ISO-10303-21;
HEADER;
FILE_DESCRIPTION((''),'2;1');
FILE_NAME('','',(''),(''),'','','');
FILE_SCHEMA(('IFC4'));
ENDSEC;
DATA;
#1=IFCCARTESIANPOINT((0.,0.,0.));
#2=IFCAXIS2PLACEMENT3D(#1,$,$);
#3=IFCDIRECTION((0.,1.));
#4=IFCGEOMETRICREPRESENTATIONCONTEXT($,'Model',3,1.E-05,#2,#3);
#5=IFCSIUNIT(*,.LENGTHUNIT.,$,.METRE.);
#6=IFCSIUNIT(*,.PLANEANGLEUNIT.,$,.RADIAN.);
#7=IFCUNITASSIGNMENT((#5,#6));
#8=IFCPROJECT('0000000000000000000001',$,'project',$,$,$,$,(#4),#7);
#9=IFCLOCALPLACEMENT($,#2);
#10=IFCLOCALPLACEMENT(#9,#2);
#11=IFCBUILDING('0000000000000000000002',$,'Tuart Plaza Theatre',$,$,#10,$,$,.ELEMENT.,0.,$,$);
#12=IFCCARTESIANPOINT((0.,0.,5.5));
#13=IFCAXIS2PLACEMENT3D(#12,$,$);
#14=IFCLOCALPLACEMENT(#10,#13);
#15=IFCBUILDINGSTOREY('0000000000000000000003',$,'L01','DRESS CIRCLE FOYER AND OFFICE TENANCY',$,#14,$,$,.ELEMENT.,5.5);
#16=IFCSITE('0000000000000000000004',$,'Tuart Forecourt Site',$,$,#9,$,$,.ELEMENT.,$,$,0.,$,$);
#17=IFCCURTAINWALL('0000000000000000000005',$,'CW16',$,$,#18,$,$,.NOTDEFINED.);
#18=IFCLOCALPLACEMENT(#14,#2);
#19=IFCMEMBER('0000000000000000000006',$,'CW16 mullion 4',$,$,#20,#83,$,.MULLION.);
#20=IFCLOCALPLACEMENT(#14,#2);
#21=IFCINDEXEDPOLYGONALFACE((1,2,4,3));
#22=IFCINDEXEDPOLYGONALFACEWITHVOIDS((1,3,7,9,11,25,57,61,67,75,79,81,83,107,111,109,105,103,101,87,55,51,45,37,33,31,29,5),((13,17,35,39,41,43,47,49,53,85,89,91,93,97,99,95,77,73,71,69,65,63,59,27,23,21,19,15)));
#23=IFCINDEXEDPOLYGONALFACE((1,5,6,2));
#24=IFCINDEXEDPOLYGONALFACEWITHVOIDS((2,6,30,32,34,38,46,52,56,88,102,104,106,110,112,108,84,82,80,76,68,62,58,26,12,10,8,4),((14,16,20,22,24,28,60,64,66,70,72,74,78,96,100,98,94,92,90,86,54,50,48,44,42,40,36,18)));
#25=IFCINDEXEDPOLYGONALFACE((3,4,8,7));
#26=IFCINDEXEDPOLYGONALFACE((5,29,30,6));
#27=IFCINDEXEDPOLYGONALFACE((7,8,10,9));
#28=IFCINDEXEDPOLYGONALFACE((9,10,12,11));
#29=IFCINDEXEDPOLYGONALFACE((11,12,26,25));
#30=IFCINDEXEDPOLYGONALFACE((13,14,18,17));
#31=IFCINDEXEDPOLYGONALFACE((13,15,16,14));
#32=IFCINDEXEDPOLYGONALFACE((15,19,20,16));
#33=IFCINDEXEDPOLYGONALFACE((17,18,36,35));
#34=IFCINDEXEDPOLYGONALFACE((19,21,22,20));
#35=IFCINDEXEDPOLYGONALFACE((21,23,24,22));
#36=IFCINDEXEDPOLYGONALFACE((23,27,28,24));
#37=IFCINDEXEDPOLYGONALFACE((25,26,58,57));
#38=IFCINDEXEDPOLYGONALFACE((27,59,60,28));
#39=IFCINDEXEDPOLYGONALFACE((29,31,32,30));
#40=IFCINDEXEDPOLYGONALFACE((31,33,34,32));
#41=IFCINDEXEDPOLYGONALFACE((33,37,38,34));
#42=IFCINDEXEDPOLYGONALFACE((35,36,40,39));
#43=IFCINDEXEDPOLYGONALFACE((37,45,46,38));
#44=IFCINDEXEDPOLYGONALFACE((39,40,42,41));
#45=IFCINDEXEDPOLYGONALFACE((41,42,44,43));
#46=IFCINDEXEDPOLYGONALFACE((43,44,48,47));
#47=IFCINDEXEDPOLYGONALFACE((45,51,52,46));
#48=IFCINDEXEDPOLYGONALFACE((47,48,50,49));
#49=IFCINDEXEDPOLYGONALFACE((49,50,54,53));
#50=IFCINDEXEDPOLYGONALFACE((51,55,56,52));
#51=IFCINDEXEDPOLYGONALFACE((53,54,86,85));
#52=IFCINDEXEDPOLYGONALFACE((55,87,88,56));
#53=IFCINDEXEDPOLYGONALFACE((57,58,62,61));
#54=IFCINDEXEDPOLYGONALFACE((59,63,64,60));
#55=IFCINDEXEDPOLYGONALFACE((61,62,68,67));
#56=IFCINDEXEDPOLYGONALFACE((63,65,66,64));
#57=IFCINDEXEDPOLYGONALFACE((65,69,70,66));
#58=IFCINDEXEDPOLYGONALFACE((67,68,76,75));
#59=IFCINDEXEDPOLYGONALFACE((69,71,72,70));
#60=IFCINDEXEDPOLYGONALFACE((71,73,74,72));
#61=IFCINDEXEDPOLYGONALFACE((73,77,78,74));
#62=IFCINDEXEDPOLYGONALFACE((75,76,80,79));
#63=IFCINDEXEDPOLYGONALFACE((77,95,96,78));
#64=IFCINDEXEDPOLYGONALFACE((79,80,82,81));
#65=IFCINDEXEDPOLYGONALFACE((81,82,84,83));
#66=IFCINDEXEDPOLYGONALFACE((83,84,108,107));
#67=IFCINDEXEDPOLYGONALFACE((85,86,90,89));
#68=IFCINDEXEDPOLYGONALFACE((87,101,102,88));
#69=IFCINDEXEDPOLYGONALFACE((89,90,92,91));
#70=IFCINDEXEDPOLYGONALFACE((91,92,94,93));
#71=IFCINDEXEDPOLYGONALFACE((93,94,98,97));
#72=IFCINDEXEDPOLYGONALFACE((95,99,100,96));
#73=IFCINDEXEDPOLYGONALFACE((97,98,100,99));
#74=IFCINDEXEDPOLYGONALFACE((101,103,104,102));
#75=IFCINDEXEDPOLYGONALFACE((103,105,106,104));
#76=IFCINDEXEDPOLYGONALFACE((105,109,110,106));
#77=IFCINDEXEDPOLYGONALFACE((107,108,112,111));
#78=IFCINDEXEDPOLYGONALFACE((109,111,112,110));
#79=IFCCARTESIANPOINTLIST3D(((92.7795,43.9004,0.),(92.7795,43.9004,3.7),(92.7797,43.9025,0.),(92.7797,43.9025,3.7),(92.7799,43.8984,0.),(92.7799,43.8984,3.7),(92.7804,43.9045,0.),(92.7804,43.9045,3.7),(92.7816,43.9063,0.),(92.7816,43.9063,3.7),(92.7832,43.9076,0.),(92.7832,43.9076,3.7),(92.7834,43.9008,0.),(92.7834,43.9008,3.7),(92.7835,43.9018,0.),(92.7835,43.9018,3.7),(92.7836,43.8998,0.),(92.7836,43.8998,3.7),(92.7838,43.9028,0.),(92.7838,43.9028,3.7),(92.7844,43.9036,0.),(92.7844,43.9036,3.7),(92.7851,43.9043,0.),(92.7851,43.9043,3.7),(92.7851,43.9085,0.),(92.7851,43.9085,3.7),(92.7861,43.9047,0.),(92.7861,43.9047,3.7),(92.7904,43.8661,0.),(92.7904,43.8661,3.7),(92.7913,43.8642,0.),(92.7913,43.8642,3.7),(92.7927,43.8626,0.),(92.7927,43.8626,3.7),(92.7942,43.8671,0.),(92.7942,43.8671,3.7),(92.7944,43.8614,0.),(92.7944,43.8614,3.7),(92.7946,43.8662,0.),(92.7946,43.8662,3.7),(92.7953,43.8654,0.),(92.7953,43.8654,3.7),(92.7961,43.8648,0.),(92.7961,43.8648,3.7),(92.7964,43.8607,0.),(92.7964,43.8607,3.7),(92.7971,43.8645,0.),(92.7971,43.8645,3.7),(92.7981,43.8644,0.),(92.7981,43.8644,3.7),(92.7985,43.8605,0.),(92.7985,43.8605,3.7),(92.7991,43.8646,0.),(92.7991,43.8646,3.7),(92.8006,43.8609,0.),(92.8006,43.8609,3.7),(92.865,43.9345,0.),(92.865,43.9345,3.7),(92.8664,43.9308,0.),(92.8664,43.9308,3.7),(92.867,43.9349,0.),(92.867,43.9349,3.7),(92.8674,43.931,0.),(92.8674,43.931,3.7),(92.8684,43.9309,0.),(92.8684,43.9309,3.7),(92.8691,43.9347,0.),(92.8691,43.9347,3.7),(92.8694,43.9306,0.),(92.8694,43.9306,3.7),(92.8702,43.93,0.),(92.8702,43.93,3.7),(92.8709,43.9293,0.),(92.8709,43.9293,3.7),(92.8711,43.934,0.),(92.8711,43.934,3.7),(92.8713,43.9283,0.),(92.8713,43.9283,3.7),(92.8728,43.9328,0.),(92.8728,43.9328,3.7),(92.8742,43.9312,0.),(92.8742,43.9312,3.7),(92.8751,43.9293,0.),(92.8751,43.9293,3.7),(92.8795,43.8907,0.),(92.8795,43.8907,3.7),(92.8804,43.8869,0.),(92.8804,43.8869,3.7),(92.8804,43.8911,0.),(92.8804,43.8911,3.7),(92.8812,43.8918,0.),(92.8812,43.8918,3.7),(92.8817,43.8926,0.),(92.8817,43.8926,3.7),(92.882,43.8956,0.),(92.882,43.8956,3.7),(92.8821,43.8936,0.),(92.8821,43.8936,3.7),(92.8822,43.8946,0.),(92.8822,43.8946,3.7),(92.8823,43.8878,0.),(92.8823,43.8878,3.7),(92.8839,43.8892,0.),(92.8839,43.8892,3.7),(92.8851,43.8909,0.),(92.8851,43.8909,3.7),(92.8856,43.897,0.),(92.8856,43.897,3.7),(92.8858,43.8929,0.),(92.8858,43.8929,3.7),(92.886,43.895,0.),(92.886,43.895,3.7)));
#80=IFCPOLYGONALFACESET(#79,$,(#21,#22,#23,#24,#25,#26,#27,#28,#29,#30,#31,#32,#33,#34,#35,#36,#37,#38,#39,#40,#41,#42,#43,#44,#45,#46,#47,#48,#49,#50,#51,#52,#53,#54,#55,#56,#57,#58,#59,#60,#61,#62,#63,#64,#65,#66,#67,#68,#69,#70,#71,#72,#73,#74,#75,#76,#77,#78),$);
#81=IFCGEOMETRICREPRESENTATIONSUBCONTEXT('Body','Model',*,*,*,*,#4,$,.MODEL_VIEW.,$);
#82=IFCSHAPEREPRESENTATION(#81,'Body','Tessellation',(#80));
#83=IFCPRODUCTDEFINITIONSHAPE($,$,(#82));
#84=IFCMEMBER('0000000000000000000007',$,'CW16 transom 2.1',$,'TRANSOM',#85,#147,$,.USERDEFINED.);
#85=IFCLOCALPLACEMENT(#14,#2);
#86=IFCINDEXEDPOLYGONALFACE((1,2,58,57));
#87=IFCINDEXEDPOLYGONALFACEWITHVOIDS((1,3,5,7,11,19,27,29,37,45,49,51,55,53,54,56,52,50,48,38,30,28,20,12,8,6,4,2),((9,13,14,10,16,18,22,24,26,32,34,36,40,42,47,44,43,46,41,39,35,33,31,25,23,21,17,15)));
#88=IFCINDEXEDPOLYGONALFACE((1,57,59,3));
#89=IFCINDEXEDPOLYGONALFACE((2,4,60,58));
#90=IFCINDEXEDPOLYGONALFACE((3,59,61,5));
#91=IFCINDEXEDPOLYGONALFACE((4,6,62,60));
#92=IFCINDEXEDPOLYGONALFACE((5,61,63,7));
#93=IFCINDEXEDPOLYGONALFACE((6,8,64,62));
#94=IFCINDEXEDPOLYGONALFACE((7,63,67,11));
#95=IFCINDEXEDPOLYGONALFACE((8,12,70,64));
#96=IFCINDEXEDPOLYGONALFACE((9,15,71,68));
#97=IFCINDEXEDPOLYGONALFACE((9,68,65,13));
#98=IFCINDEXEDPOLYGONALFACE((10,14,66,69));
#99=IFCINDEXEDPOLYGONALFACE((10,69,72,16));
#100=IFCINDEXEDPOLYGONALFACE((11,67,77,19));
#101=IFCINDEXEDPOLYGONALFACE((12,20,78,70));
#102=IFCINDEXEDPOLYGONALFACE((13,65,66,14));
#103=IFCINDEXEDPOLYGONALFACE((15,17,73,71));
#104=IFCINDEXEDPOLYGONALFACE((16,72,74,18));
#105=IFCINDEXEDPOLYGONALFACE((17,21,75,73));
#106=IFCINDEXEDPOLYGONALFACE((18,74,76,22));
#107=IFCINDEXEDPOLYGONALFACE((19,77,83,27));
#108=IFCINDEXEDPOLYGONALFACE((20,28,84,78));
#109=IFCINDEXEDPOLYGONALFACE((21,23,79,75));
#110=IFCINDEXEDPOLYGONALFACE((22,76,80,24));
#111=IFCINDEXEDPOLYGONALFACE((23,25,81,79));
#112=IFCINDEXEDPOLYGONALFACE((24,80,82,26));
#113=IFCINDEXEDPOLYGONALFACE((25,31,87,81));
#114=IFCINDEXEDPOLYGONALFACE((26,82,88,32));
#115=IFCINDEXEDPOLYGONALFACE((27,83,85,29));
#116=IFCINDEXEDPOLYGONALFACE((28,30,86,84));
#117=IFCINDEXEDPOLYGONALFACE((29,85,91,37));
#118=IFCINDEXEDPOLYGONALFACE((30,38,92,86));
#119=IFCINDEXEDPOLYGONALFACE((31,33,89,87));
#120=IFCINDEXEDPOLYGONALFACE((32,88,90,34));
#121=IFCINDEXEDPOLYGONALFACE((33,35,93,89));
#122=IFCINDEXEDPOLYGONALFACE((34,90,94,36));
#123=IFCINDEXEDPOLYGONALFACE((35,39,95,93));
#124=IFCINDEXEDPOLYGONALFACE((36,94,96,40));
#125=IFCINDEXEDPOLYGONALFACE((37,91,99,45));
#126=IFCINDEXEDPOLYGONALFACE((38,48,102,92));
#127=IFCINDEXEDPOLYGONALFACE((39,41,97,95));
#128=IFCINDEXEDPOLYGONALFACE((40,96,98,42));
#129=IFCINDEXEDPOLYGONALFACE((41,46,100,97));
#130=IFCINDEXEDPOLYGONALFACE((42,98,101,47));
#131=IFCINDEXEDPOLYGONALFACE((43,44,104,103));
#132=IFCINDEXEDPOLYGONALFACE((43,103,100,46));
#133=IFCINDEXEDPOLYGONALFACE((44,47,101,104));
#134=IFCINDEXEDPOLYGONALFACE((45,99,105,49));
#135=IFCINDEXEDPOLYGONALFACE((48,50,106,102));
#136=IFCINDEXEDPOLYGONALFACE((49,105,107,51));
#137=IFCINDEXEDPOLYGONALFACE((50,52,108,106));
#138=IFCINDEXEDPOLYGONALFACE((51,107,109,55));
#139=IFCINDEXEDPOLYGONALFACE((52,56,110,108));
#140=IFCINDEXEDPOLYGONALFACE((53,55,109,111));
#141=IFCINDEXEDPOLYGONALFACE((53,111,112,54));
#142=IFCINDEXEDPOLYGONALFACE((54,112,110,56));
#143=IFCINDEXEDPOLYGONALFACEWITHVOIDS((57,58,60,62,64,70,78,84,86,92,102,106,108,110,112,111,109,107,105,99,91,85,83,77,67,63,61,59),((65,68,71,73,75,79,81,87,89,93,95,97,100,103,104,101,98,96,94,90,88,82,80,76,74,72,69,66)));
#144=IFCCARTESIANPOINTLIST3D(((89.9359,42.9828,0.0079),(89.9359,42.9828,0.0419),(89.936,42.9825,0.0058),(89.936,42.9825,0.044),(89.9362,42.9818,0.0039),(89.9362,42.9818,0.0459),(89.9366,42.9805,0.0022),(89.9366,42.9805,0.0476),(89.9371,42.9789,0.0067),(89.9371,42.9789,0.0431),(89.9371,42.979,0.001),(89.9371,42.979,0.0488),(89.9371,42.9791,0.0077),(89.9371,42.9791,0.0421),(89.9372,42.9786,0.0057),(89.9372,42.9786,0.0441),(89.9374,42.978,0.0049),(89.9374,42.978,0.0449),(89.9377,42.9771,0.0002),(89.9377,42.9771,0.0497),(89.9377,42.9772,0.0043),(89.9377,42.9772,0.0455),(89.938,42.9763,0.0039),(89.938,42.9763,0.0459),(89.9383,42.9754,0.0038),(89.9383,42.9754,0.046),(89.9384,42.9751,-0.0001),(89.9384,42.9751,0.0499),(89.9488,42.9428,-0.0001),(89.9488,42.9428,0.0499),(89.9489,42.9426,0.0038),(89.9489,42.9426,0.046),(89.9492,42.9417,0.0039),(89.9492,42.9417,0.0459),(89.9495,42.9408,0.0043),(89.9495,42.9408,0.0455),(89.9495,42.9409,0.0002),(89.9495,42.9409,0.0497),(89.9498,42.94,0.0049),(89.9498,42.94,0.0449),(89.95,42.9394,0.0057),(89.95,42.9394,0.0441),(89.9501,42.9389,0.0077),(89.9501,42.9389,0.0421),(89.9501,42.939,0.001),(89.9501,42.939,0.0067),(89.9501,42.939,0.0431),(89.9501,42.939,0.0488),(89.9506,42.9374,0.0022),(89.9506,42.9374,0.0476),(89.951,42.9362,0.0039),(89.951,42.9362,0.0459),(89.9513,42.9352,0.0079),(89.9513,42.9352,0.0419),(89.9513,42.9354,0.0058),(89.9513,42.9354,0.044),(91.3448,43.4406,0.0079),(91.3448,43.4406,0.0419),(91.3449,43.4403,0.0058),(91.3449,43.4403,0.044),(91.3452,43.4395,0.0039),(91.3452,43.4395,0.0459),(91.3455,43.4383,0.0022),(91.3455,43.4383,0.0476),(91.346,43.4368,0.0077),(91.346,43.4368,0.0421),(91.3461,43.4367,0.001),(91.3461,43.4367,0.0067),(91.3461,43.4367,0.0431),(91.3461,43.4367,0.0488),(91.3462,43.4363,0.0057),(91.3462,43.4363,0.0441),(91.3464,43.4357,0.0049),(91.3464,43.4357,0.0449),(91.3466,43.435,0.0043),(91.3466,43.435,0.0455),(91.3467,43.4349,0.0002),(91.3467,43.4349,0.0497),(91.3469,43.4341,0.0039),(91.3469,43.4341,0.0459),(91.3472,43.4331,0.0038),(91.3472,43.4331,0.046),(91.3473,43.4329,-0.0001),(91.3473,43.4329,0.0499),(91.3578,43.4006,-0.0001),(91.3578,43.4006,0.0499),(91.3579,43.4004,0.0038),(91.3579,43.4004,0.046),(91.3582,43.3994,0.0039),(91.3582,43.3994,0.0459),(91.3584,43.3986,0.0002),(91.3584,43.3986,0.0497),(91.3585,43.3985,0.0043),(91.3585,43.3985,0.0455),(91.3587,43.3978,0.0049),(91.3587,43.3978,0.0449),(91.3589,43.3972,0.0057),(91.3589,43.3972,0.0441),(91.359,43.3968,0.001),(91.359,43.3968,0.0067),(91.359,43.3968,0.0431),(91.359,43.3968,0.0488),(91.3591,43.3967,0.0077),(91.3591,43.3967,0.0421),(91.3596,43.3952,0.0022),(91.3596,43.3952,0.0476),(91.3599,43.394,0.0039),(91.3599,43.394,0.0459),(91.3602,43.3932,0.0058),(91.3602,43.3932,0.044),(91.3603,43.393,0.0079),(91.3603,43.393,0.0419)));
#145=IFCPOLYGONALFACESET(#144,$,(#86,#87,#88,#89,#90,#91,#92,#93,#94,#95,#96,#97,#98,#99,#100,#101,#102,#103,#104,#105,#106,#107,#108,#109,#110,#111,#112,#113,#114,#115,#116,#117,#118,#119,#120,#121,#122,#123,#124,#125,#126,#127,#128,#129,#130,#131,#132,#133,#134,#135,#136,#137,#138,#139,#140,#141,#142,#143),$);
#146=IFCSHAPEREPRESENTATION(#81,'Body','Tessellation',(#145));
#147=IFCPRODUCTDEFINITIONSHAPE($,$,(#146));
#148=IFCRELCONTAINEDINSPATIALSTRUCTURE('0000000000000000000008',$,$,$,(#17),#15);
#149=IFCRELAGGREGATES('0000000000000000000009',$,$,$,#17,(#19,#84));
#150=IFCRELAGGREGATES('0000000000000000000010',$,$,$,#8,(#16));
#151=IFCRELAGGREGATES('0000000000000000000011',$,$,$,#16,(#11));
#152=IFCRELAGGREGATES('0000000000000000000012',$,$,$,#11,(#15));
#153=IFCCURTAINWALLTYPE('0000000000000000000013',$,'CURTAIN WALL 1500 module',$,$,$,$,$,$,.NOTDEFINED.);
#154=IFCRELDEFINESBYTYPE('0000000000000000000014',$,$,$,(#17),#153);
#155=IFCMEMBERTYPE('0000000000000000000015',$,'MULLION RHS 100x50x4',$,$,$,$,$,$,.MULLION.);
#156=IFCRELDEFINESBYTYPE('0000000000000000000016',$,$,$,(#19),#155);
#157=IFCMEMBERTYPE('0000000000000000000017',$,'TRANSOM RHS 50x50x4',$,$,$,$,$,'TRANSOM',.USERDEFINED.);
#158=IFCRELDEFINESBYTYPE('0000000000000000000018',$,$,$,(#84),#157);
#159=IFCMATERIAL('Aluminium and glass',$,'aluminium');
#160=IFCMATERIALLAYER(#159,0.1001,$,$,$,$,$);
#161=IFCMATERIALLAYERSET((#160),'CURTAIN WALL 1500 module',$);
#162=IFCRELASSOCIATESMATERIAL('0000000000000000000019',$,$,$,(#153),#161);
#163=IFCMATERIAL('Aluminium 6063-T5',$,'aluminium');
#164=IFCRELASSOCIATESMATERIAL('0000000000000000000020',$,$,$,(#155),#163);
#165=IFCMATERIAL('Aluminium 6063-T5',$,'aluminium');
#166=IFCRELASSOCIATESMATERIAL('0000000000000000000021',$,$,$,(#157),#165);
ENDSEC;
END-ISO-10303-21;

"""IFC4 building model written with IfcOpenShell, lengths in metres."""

from ifc_helpers import new_model, si_unit, direction, frame, origin, origin_2d, place, context, subcontext, project, spatial, hollow_rectangle, extrude, material, layer, layer_set, material_profile, profile_set, type_object, element, aggregate, save


model = new_model("IFC4")

# Units and contexts
model_context = context("Model", 3, precision=1e-05, world=origin(), true_north=direction((0.0, 1.0)))
body_context = subcontext(model_context, "Body", "Model", "MODEL_VIEW")
ifc_project = project(units=[si_unit("LENGTHUNIT", "METRE"), si_unit("PLANEANGLEUNIT", "RADIAN")], contexts=[model_context])

# Site, building, storey
site_placement = place(None, origin())
site = spatial("IfcSite", under=ifc_project, at=site_placement, Name="Tuart Forecourt Site", CompositionType="ELEMENT", RefElevation=0.0)
building_placement = place(site_placement, origin())
building = spatial("IfcBuilding", under=site, at=building_placement, Name="Tuart Plaza Theatre", CompositionType="ELEMENT", ElevationOfRefHeight=0.0)
storey_placement = place(building_placement, frame((0.0, 0.0, 5.5)))
storey = spatial("IfcBuildingStorey", under=building, at=storey_placement, Name="L01", Description="DRESS CIRCLE FOYER AND OFFICE TENANCY", CompositionType="ELEMENT", Elevation=5.5)

# Curtain wall, members
ifc_material_1 = material(Name="Aluminium and glass", Category="aluminium")
ifc_layer_1 = layer(ifc_material_1, 0.1001)
ifc_layer_set_1 = layer_set([ifc_layer_1], Name="CURTAIN WALL 1500 module")
curtain_wall_type = type_object("IfcCurtainWallType", Name="CURTAIN WALL 1500 module", PredefinedType="NOTDEFINED", material=ifc_layer_set_1)
curtain_wall_placement = place(storey_placement, origin())
curtain_wall = element("IfcCurtainWall", 1, at=curtain_wall_placement, inside=storey, type_object=curtain_wall_type, Name="CW16", PredefinedType="NOTDEFINED")
ifc_material_2 = material(Name="Aluminium 6063-T5", Category="aluminium")
ifc_material_profile_1 = material_profile(ifc_material_2, hollow_rectangle(XDim=0.05, YDim=0.1001, WallThickness=0.0039, InnerFilletRadius=0.0039, OuterFilletRadius=0.0081, at=origin_2d()), Name="RHS 100x50x4")
ifc_profile_set_1 = profile_set([ifc_material_profile_1], Name="Aluminium 6063-T5")
member_type_1 = type_object("IfcMemberType", Name="MULLION RHS 100x50x4", PredefinedType="MULLION", material=ifc_profile_set_1)
member_1_placement = place(storey_placement, frame((92.8328, 43.8977, 0.0), z_axis=(0.0, 0.0, 1.0), x_axis=(-0.309018, 0.951056, 0.0)))
member_1 = element("IfcMember", 2, at=member_1_placement, type_object=member_type_1, Name="CW16 mullion 4", PredefinedType="MULLION", context=body_context, shape_type="SweptSolid", body=[
    extrude(hollow_rectangle(XDim=0.05, YDim=0.1001, WallThickness=0.0039, InnerFilletRadius=0.0039, OuterFilletRadius=0.0081, at=origin_2d()), origin(), (0.0, 0.0, 1.0), 3.7),
])
ifc_material_3 = material(Name="Aluminium 6063-T5", Category="aluminium")
ifc_material_profile_2 = material_profile(ifc_material_3, hollow_rectangle(XDim=0.05, YDim=0.05, WallThickness=0.0039, InnerFilletRadius=0.0039, OuterFilletRadius=0.0081, at=origin_2d()), Name="RHS 50x50x4")
ifc_profile_set_2 = profile_set([ifc_material_profile_2], Name="Aluminium 6063-T5")
member_type_2 = type_object("IfcMemberType", Name="TRANSOM RHS 50x50x4", ElementType="TRANSOM", PredefinedType="USERDEFINED", material=ifc_profile_set_2)
member_2_placement = place(storey_placement, frame((89.9436, 42.959, 0.0249), z_axis=(0.951062, 0.309, 0.0), x_axis=(-0.309, 0.951062, 0.0)))
member_2 = element("IfcMember", 3, at=member_2_placement, type_object=member_type_2, Name="CW16 transom 2.1", ObjectType="TRANSOM", PredefinedType="USERDEFINED", context=body_context, shape_type="SweptSolid", body=[
    extrude(hollow_rectangle(XDim=0.05, YDim=0.05, WallThickness=0.0039, InnerFilletRadius=0.0039, OuterFilletRadius=0.0081, at=origin_2d()), origin(), (0.0, 0.0, 1.0), 1.4814),
])
aggregate(curtain_wall, [member_1, member_2])

save(model, "model.ifc")
